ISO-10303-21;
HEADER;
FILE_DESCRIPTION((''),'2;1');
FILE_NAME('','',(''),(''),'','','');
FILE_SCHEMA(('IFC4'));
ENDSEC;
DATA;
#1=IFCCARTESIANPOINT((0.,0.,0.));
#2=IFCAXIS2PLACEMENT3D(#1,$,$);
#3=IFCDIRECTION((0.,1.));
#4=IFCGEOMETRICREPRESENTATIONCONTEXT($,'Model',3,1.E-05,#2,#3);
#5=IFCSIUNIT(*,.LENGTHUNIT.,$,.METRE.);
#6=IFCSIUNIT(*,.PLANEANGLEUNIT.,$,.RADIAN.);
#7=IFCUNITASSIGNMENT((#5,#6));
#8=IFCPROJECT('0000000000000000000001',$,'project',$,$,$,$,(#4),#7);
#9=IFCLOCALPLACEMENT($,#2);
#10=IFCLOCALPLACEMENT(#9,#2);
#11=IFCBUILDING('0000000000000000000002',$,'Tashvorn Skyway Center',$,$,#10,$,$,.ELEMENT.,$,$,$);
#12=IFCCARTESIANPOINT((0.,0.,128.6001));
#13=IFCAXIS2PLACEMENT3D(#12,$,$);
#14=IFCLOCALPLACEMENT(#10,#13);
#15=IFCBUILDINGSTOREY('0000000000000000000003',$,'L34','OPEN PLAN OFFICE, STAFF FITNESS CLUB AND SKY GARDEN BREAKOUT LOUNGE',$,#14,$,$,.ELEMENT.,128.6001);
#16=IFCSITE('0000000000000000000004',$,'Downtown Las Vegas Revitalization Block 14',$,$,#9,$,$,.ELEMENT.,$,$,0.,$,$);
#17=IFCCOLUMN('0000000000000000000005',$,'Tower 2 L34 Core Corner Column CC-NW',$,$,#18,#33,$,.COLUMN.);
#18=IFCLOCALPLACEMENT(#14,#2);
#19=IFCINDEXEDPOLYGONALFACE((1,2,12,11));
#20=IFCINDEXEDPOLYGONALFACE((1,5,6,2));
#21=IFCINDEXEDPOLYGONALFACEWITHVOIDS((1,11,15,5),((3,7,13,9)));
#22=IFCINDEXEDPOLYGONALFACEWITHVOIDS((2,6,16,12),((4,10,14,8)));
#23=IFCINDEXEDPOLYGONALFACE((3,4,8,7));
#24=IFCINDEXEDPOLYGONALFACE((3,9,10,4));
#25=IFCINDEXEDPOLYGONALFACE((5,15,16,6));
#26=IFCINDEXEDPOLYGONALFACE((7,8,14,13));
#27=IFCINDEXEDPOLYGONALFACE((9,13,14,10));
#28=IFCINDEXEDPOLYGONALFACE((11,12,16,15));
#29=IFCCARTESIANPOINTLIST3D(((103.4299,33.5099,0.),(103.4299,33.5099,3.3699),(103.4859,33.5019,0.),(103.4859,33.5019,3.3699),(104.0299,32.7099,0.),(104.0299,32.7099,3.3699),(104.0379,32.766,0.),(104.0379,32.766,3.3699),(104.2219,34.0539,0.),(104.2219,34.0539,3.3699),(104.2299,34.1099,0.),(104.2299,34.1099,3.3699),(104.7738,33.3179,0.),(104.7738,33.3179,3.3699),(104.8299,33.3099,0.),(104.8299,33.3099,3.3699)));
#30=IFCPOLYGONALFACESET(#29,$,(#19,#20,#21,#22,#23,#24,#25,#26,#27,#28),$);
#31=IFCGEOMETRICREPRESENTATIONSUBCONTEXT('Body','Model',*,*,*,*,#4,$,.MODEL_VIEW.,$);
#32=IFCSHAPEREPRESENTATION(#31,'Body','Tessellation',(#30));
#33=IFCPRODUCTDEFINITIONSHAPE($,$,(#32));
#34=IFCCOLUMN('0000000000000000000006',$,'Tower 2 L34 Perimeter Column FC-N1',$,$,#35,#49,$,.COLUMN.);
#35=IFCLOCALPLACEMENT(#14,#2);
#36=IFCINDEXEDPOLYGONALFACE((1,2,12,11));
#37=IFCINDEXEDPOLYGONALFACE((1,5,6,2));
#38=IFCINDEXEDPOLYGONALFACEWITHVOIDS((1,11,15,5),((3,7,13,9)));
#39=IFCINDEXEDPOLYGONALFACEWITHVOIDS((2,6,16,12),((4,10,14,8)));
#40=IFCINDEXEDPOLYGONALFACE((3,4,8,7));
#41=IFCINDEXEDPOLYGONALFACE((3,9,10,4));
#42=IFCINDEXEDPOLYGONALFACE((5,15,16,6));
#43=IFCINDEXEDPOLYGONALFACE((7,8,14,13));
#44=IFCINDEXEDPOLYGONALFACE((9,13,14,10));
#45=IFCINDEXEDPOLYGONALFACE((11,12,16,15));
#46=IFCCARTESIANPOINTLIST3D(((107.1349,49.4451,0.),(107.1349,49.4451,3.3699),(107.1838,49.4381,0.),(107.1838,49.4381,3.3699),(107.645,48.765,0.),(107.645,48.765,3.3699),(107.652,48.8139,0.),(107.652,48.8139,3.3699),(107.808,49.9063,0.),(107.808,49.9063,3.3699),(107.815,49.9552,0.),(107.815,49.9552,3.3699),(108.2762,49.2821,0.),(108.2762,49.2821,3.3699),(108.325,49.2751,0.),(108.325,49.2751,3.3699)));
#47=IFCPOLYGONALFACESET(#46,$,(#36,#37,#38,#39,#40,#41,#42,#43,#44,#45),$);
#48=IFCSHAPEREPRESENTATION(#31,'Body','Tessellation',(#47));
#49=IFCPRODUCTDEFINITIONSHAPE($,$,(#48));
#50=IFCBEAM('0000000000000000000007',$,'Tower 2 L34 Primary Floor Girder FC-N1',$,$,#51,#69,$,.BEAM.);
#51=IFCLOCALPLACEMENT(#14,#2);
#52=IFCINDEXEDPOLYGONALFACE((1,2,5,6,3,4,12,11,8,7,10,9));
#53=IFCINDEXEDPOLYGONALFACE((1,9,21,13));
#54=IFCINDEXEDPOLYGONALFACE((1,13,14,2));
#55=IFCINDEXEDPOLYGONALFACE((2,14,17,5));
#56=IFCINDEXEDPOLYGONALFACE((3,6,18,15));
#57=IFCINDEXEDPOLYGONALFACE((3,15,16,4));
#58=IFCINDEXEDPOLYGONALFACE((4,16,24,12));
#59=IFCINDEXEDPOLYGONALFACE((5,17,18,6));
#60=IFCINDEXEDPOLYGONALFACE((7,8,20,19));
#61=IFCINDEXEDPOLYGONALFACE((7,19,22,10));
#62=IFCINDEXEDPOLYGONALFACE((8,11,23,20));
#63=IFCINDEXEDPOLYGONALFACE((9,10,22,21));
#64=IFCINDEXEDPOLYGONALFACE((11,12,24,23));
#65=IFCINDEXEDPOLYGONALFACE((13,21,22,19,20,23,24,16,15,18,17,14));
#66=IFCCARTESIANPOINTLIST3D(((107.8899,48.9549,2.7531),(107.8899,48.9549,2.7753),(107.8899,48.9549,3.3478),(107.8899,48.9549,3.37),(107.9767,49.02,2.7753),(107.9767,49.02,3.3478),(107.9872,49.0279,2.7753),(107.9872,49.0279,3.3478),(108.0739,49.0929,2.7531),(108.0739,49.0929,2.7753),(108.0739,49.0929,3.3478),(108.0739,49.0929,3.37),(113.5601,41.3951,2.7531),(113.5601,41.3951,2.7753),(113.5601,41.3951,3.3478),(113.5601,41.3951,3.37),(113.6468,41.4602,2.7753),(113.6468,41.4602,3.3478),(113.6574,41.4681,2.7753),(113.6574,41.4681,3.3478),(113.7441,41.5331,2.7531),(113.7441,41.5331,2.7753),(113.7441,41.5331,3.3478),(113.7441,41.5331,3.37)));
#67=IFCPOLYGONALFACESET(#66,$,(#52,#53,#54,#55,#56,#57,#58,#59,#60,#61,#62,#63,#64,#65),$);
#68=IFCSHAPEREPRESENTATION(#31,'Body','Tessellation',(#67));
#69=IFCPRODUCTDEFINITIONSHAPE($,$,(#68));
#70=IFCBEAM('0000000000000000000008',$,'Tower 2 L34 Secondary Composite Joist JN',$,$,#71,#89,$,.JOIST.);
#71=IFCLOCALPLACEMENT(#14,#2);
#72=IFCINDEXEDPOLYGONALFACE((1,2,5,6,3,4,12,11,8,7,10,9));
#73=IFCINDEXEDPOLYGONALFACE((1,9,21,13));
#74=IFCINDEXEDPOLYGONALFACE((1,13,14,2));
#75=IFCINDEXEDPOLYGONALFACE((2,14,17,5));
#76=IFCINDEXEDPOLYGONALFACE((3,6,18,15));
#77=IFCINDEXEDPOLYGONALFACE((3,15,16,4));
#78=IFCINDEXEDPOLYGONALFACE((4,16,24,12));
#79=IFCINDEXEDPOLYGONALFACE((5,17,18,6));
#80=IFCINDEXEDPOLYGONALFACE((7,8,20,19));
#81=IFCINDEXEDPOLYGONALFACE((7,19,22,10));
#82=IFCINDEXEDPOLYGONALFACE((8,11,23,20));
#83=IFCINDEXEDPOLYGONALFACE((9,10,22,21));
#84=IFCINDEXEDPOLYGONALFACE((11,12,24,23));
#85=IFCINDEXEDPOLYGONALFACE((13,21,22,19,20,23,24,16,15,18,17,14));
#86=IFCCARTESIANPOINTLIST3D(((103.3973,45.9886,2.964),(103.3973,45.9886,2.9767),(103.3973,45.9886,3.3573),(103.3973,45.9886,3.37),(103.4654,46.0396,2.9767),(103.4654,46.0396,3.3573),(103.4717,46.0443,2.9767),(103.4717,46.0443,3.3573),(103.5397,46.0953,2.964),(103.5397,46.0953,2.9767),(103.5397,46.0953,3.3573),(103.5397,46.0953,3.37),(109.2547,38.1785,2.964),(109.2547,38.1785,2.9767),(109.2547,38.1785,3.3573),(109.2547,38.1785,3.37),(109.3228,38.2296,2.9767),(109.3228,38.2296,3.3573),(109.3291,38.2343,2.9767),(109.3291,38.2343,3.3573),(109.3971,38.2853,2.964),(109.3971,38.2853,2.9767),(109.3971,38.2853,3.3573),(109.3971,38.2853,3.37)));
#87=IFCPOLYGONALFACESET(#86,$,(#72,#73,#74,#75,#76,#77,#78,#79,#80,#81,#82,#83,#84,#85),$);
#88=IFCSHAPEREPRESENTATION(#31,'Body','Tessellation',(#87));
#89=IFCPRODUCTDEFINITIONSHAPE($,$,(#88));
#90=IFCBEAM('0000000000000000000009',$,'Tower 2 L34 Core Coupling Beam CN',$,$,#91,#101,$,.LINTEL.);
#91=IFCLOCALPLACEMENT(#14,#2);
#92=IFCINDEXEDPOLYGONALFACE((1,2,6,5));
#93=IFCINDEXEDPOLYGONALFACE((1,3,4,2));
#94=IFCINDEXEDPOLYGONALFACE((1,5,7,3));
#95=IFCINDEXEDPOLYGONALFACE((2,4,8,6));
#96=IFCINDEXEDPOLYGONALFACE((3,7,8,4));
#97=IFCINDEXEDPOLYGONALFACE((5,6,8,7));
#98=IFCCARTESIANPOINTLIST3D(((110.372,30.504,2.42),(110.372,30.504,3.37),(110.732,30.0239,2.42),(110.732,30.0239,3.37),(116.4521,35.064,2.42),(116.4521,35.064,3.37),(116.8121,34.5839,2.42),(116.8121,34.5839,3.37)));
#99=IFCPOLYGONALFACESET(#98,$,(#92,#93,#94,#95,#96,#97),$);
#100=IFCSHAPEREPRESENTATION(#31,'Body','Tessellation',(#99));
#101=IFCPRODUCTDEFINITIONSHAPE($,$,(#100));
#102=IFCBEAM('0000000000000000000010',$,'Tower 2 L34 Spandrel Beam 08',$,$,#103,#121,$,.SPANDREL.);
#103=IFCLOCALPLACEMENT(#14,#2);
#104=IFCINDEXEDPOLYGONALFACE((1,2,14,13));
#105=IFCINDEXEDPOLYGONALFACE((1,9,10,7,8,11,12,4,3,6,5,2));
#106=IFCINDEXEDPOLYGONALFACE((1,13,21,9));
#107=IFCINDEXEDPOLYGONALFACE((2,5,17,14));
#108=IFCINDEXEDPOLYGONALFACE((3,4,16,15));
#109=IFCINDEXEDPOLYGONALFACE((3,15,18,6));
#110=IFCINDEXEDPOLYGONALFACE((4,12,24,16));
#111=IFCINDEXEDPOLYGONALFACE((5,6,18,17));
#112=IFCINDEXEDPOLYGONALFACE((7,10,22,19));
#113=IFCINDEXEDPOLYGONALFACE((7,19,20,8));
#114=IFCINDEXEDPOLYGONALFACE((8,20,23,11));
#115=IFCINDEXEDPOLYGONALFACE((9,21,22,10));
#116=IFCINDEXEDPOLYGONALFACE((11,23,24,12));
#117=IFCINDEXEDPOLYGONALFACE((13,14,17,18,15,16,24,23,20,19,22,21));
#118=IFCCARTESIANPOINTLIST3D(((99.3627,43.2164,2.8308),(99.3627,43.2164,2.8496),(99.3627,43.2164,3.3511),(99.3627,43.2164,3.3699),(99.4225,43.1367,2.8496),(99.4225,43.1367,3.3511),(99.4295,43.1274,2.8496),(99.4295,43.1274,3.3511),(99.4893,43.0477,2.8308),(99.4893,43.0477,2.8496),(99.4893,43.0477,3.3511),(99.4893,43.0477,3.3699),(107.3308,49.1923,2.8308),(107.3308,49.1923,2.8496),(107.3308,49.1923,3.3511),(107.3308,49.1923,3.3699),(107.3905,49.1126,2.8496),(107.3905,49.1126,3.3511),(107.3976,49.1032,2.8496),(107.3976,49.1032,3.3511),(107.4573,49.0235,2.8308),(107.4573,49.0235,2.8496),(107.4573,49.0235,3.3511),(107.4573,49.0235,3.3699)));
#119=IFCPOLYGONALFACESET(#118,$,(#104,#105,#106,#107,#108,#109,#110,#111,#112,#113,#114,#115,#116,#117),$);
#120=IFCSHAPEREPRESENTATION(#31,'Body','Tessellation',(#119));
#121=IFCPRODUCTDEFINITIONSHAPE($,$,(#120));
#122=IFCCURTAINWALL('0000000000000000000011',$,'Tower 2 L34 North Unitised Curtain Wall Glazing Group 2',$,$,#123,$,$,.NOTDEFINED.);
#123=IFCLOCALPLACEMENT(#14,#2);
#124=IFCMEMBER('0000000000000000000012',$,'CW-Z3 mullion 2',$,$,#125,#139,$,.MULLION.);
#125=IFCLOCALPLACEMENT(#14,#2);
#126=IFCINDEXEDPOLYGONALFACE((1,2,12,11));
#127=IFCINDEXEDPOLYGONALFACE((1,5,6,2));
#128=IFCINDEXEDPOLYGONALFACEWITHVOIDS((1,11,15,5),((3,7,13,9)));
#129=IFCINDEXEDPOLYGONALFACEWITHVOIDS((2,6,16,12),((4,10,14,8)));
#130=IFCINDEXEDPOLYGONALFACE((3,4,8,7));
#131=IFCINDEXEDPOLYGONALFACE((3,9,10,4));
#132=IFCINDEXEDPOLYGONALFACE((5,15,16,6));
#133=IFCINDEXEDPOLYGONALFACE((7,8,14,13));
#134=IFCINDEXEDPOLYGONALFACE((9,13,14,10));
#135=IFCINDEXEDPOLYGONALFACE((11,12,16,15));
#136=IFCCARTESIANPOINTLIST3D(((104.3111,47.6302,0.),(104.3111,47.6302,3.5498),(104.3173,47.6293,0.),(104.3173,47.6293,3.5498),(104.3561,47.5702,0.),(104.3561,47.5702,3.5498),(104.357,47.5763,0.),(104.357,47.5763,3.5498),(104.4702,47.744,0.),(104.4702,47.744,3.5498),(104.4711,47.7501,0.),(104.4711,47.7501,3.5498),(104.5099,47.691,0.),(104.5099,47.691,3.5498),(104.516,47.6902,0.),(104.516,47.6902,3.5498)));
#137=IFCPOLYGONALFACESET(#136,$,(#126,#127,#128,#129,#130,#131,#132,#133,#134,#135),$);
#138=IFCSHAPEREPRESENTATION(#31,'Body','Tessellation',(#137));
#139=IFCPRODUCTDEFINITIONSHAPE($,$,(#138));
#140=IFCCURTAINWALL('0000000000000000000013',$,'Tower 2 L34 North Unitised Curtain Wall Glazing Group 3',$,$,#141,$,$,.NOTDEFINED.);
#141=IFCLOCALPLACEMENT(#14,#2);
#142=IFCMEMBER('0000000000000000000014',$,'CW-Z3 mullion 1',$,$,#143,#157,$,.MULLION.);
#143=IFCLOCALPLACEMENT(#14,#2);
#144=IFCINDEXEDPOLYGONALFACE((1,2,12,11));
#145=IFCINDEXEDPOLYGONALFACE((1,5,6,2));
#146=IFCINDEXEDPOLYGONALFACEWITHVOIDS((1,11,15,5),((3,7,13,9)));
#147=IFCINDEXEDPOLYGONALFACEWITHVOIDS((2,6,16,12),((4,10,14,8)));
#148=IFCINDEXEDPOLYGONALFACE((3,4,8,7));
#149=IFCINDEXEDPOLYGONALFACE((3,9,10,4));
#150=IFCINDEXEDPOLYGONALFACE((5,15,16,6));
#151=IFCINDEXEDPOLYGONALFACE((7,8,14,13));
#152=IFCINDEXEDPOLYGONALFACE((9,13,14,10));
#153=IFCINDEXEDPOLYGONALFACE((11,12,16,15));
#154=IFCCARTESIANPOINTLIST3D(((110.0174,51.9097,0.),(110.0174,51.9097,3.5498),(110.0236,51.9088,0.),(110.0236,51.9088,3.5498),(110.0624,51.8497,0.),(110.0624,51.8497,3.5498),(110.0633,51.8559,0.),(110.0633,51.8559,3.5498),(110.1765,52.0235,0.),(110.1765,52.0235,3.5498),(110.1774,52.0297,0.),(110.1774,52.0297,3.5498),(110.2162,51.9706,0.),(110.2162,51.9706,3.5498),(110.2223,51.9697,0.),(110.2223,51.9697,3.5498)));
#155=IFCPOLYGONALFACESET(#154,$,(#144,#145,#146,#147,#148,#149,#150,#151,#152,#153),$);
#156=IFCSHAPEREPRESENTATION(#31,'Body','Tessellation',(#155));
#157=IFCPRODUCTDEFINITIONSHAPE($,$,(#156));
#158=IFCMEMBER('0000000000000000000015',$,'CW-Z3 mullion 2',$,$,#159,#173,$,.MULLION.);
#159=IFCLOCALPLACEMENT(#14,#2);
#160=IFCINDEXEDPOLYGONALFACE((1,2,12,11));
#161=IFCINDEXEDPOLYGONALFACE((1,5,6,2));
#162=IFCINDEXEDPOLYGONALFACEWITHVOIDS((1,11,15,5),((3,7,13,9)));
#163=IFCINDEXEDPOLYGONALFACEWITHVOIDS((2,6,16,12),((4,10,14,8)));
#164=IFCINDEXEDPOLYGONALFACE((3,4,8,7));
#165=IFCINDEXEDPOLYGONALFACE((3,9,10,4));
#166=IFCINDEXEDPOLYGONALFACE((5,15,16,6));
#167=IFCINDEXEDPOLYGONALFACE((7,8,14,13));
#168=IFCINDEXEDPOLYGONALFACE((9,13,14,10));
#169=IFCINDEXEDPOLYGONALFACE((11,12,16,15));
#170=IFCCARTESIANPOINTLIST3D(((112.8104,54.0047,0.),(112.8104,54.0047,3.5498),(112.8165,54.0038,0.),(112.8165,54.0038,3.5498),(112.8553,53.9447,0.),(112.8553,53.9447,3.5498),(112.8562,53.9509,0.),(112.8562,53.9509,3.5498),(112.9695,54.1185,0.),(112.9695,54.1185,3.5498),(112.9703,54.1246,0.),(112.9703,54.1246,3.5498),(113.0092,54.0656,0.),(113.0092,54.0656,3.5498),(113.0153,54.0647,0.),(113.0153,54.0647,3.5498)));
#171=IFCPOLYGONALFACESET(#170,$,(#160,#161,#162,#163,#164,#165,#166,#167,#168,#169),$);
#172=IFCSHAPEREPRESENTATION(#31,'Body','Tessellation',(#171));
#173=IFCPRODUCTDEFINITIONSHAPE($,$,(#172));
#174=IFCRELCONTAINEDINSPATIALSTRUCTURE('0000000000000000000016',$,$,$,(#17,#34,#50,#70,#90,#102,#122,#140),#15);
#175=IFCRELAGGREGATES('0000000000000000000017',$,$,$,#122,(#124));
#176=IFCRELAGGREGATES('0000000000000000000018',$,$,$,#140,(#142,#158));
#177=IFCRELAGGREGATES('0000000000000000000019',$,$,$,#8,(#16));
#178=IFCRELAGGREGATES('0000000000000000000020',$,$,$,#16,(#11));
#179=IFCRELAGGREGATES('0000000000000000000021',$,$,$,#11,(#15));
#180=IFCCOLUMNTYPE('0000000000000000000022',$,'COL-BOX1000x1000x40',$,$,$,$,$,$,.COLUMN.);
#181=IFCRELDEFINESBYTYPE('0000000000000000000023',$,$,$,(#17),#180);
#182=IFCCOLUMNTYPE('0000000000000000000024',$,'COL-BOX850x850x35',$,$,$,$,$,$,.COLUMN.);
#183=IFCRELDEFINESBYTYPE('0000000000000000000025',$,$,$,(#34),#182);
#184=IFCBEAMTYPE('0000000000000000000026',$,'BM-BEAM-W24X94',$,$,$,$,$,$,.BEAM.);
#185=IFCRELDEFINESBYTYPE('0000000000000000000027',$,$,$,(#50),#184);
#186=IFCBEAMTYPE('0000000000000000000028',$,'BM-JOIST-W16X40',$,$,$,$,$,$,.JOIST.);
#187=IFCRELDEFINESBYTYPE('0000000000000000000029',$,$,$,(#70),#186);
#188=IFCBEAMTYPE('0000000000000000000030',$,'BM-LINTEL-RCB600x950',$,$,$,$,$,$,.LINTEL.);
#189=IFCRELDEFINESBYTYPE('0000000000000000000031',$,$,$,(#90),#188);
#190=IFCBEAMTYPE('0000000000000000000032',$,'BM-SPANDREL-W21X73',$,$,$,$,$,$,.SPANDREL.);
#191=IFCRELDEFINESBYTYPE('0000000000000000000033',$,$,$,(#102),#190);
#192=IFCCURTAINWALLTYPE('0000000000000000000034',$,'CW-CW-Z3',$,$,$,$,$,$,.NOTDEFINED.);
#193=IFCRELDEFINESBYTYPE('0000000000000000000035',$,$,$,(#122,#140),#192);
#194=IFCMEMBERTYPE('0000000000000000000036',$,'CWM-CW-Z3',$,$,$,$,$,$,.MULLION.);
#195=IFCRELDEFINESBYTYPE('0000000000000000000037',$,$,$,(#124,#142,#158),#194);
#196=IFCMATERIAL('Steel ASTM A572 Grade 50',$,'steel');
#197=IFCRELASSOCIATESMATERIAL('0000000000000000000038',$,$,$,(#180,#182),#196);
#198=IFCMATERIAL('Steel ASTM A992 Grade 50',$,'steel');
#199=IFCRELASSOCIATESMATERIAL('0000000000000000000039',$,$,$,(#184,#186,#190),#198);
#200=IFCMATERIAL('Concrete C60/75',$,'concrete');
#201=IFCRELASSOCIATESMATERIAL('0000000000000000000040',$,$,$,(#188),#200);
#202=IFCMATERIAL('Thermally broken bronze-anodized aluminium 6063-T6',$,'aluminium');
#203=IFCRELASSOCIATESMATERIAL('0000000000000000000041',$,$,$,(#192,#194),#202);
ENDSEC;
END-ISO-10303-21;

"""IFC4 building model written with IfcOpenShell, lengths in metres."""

from ifc_helpers import new_model, si_unit, direction, frame, origin, origin_2d, place, context, subcontext, project, spatial, rectangle, hollow_rectangle, i_section, extrude, material, material_profile, profile_set, type_object, element, aggregate, save


model = new_model("IFC4")

# Units and contexts
model_context = context("Model", 3, precision=1e-05, world=origin(), true_north=direction((0.0, 1.0)))
body_context = subcontext(model_context, "Body", "Model", "MODEL_VIEW")
ifc_project = project(units=[si_unit("LENGTHUNIT", "METRE"), si_unit("PLANEANGLEUNIT", "RADIAN")], contexts=[model_context])

# Site, building, storey
site_placement = place(None, origin())
site = spatial("IfcSite", under=ifc_project, at=site_placement, Name="Downtown Las Vegas Revitalization Block 14", CompositionType="ELEMENT", RefElevation=0.0)
building_placement = place(site_placement, origin())
building = spatial("IfcBuilding", under=site, at=building_placement, Name="Tashvorn Skyway Center", CompositionType="ELEMENT")
storey_placement = place(building_placement, frame((0.0, 0.0, 128.6001)))
storey = spatial("IfcBuildingStorey", under=building, at=storey_placement, Name="L34", Description="OPEN PLAN OFFICE, STAFF FITNESS CLUB AND SKY GARDEN BREAKOUT LOUNGE", CompositionType="ELEMENT", Elevation=128.6001)

# Columns
ifc_material_1 = material(Name="Steel ASTM A572 Grade 50", Category="steel")
ifc_material_profile_1 = material_profile(ifc_material_1, hollow_rectangle(XDim=1.0, YDim=1.0, WallThickness=0.04, at=origin_2d()), Name="BOX1000x1000x40")
ifc_profile_set_1 = profile_set([ifc_material_profile_1], Name="Steel ASTM A572 Grade 50")
column_type_1 = type_object("IfcColumnType", Name="COL-BOX1000x1000x40", PredefinedType="COLUMN", material=ifc_profile_set_1)
column_1_placement = place(storey_placement, frame((104.1299, 33.4099, 0.0), z_axis=(0.0, 0.0, 1.0), x_axis=(0.8, 0.6, 0.0)))
element("IfcColumn", 1, at=column_1_placement, inside=storey, type_object=column_type_1, Name="Tower 2 L34 Core Corner Column CC-NW", PredefinedType="COLUMN", context=body_context, shape_type="SweptSolid", body=[
    extrude(hollow_rectangle(XDim=1.0, YDim=1.0, WallThickness=0.04, at=origin_2d()), origin(), (0.0, 0.0, 1.0), 3.3699),
])
ifc_material_profile_2 = material_profile(ifc_material_1, hollow_rectangle(XDim=0.8501, YDim=0.8501, WallThickness=0.0349, at=origin_2d()), Name="BOX850x850x35")
ifc_profile_set_2 = profile_set([ifc_material_profile_2], Name="Steel ASTM A572 Grade 50")
column_type_2 = type_object("IfcColumnType", Name="COL-BOX850x850x35", PredefinedType="COLUMN", material=ifc_profile_set_2)
column_2_placement = place(storey_placement, frame((107.73, 49.3601, 0.0), z_axis=(0.0, 0.0, 1.0), x_axis=(0.8, 0.6, 0.0)))
element("IfcColumn", 2, at=column_2_placement, inside=storey, type_object=column_type_2, Name="Tower 2 L34 Perimeter Column FC-N1", PredefinedType="COLUMN", context=body_context, shape_type="SweptSolid", body=[
    extrude(hollow_rectangle(XDim=0.8501, YDim=0.8501, WallThickness=0.0349, at=origin_2d()), origin(), (0.0, 0.0, 1.0), 3.3699),
])

# Beams
ifc_material_2 = material(Name="Steel ASTM A992 Grade 50", Category="steel")
ifc_material_profile_3 = material_profile(ifc_material_2, i_section(OverallWidth=0.23, OverallDepth=0.6169, WebThickness=0.0132, FlangeThickness=0.0222, at=origin_2d()), Name="W24X94")
ifc_profile_set_3 = profile_set([ifc_material_profile_3], Name="Steel ASTM A992 Grade 50")
beam_type_1 = type_object("IfcBeamType", Name="BM-BEAM-W24X94", PredefinedType="BEAM", material=ifc_profile_set_3)
beam_1_placement = place(storey_placement, frame((107.9819, 49.0239, 3.0615), z_axis=(0.600021, -0.799984, 0.0), x_axis=(0.799984, 0.600021, 0.0)))
element("IfcBeam", 3, at=beam_1_placement, inside=storey, type_object=beam_type_1, Name="Tower 2 L34 Primary Floor Girder FC-N1", PredefinedType="BEAM", context=body_context, shape_type="SweptSolid", body=[
    extrude(i_section(OverallWidth=0.23, OverallDepth=0.6169, WebThickness=0.0132, FlangeThickness=0.0222, at=origin_2d()), origin(), (0.0, 0.0, 1.0), 9.45),
])
ifc_material_profile_4 = material_profile(ifc_material_2, i_section(OverallWidth=0.178, OverallDepth=0.406, WebThickness=0.0078, FlangeThickness=0.0127, at=origin_2d()), Name="W16X40")
ifc_profile_set_4 = profile_set([ifc_material_profile_4], Name="Steel ASTM A992 Grade 50")
beam_type_2 = type_object("IfcBeamType", Name="BM-JOIST-W16X40", PredefinedType="JOIST", material=ifc_profile_set_4)
beam_2_placement = place(storey_placement, frame((109.3259, 38.2319, 3.167), z_axis=(-0.599992, 0.800006, 0.0), x_axis=(-0.800006, -0.599992, 0.0)))
element("IfcBeam", 4, at=beam_2_placement, inside=storey, type_object=beam_type_2, Name="Tower 2 L34 Secondary Composite Joist JN", PredefinedType="JOIST", context=body_context, shape_type="SweptSolid", body=[
    extrude(i_section(OverallWidth=0.178, OverallDepth=0.406, WebThickness=0.0078, FlangeThickness=0.0127, at=origin_2d()), origin(), (0.0, 0.0, 1.0), 9.7625),
])
ifc_material_3 = material(Name="Concrete C60/75", Category="concrete")
ifc_material_profile_5 = material_profile(ifc_material_3, rectangle(XDim=0.6001, YDim=0.95, at=origin_2d()), Name="RCB600x950")
ifc_profile_set_5 = profile_set([ifc_material_profile_5], Name="Concrete C60/75")
beam_type_3 = type_object("IfcBeamType", Name="BM-LINTEL-RCB600x950", PredefinedType="LINTEL", material=ifc_profile_set_5)
beam_3_placement = place(storey_placement, frame((110.552, 30.2639, 2.895), z_axis=(0.8, 0.6, 0.0), x_axis=(-0.6, 0.8, 0.0)))
element("IfcBeam", 5, at=beam_3_placement, inside=storey, type_object=beam_type_3, Name="Tower 2 L34 Core Coupling Beam CN", PredefinedType="LINTEL", context=body_context, shape_type="SweptSolid", body=[
    extrude(rectangle(XDim=0.6001, YDim=0.95, at=origin_2d()), origin(), (0.0, 0.0, 1.0), 7.6001),
])
ifc_material_profile_6 = material_profile(ifc_material_2, i_section(OverallWidth=0.2109, OverallDepth=0.5391, WebThickness=0.0117, FlangeThickness=0.0188, at=origin_2d()), Name="W21X73")
ifc_profile_set_6 = profile_set([ifc_material_profile_6], Name="Steel ASTM A992 Grade 50")
beam_type_4 = type_object("IfcBeamType", Name="BM-SPANDREL-W21X73", PredefinedType="SPANDREL", material=ifc_profile_set_6)
beam_4_placement = place(storey_placement, frame((107.394, 49.1079, 3.1003), z_axis=(-0.800009, -0.599988, 0.0), x_axis=(0.599988, -0.800009, 0.0)))
element("IfcBeam", 6, at=beam_4_placement, inside=storey, type_object=beam_type_4, Name="Tower 2 L34 Spandrel Beam 08", PredefinedType="SPANDREL", context=body_context, shape_type="SweptSolid", body=[
    extrude(i_section(OverallWidth=0.2109, OverallDepth=0.5391, WebThickness=0.0117, FlangeThickness=0.0188, at=origin_2d()), origin(), (0.0, 0.0, 1.0), 9.96),
])

# Curtain wall, member
ifc_material_4 = material(Name="Thermally broken bronze-anodized aluminium 6063-T6", Category="aluminium")
curtain_wall_type = type_object("IfcCurtainWallType", Name="CW-CW-Z3", PredefinedType="NOTDEFINED", material=ifc_material_4)
curtain_wall_1_placement = place(storey_placement, origin())
curtain_wall_1 = element("IfcCurtainWall", 7, at=curtain_wall_1_placement, inside=storey, type_object=curtain_wall_type, Name="Tower 2 L34 North Unitised Curtain Wall Glazing Group 2", PredefinedType="NOTDEFINED")
ifc_material_profile_7 = material_profile(ifc_material_4, hollow_rectangle(XDim=0.075, YDim=0.2, WallThickness=0.0044, at=origin_2d()), Name="ALU-MULL-75x200")
ifc_profile_set_7 = profile_set([ifc_material_profile_7], Name="Thermally broken bronze-anodized aluminium 6063-T6")
member_type_1 = type_object("IfcMemberType", Name="CWM-CW-Z3", PredefinedType="MULLION", material=ifc_profile_set_7)
member_1_placement = place(storey_placement, frame((104.4136, 47.6602, 0.0), z_axis=(0.0, 0.0, 1.0), x_axis=(-0.6, 0.8, 0.0)))
member_1 = element("IfcMember", 8, at=member_1_placement, type_object=member_type_1, Name="CW-Z3 mullion 2", PredefinedType="MULLION", context=body_context, shape_type="SweptSolid", body=[
    extrude(hollow_rectangle(XDim=0.075, YDim=0.2, WallThickness=0.0044, at=origin_2d()), origin(), (0.0, 0.0, 1.0), 3.5498),
])
aggregate(curtain_wall_1, [member_1])

# Curtain wall, members
curtain_wall_2_placement = place(storey_placement, origin())
curtain_wall_2 = element("IfcCurtainWall", 9, at=curtain_wall_2_placement, inside=storey, type_object=curtain_wall_type, Name="Tower 2 L34 North Unitised Curtain Wall Glazing Group 3", PredefinedType="NOTDEFINED")
member_2_placement = place(storey_placement, frame((110.1199, 51.9397, 0.0), z_axis=(0.0, 0.0, 1.0), x_axis=(-0.600005, 0.799997, 0.0)))
member_2 = element("IfcMember", 10, at=member_2_placement, type_object=member_type_1, Name="CW-Z3 mullion 1", PredefinedType="MULLION", context=body_context, shape_type="SweptSolid", body=[
    extrude(hollow_rectangle(XDim=0.075, YDim=0.2, WallThickness=0.0044, at=origin_2d()), origin(), (0.0, 0.0, 1.0), 3.5498),
])
member_3_placement = place(storey_placement, frame((112.9128, 54.0347, 0.0), z_axis=(0.0, 0.0, 1.0), x_axis=(-0.600005, 0.799997, 0.0)))
member_3 = element("IfcMember", 11, at=member_3_placement, type_object=member_type_1, Name="CW-Z3 mullion 2", PredefinedType="MULLION", context=body_context, shape_type="SweptSolid", body=[
    extrude(hollow_rectangle(XDim=0.075, YDim=0.2, WallThickness=0.0044, at=origin_2d()), origin(), (0.0, 0.0, 1.0), 3.5498),
])
aggregate(curtain_wall_2, [member_2, member_3])

save(model, "model.ifc")
